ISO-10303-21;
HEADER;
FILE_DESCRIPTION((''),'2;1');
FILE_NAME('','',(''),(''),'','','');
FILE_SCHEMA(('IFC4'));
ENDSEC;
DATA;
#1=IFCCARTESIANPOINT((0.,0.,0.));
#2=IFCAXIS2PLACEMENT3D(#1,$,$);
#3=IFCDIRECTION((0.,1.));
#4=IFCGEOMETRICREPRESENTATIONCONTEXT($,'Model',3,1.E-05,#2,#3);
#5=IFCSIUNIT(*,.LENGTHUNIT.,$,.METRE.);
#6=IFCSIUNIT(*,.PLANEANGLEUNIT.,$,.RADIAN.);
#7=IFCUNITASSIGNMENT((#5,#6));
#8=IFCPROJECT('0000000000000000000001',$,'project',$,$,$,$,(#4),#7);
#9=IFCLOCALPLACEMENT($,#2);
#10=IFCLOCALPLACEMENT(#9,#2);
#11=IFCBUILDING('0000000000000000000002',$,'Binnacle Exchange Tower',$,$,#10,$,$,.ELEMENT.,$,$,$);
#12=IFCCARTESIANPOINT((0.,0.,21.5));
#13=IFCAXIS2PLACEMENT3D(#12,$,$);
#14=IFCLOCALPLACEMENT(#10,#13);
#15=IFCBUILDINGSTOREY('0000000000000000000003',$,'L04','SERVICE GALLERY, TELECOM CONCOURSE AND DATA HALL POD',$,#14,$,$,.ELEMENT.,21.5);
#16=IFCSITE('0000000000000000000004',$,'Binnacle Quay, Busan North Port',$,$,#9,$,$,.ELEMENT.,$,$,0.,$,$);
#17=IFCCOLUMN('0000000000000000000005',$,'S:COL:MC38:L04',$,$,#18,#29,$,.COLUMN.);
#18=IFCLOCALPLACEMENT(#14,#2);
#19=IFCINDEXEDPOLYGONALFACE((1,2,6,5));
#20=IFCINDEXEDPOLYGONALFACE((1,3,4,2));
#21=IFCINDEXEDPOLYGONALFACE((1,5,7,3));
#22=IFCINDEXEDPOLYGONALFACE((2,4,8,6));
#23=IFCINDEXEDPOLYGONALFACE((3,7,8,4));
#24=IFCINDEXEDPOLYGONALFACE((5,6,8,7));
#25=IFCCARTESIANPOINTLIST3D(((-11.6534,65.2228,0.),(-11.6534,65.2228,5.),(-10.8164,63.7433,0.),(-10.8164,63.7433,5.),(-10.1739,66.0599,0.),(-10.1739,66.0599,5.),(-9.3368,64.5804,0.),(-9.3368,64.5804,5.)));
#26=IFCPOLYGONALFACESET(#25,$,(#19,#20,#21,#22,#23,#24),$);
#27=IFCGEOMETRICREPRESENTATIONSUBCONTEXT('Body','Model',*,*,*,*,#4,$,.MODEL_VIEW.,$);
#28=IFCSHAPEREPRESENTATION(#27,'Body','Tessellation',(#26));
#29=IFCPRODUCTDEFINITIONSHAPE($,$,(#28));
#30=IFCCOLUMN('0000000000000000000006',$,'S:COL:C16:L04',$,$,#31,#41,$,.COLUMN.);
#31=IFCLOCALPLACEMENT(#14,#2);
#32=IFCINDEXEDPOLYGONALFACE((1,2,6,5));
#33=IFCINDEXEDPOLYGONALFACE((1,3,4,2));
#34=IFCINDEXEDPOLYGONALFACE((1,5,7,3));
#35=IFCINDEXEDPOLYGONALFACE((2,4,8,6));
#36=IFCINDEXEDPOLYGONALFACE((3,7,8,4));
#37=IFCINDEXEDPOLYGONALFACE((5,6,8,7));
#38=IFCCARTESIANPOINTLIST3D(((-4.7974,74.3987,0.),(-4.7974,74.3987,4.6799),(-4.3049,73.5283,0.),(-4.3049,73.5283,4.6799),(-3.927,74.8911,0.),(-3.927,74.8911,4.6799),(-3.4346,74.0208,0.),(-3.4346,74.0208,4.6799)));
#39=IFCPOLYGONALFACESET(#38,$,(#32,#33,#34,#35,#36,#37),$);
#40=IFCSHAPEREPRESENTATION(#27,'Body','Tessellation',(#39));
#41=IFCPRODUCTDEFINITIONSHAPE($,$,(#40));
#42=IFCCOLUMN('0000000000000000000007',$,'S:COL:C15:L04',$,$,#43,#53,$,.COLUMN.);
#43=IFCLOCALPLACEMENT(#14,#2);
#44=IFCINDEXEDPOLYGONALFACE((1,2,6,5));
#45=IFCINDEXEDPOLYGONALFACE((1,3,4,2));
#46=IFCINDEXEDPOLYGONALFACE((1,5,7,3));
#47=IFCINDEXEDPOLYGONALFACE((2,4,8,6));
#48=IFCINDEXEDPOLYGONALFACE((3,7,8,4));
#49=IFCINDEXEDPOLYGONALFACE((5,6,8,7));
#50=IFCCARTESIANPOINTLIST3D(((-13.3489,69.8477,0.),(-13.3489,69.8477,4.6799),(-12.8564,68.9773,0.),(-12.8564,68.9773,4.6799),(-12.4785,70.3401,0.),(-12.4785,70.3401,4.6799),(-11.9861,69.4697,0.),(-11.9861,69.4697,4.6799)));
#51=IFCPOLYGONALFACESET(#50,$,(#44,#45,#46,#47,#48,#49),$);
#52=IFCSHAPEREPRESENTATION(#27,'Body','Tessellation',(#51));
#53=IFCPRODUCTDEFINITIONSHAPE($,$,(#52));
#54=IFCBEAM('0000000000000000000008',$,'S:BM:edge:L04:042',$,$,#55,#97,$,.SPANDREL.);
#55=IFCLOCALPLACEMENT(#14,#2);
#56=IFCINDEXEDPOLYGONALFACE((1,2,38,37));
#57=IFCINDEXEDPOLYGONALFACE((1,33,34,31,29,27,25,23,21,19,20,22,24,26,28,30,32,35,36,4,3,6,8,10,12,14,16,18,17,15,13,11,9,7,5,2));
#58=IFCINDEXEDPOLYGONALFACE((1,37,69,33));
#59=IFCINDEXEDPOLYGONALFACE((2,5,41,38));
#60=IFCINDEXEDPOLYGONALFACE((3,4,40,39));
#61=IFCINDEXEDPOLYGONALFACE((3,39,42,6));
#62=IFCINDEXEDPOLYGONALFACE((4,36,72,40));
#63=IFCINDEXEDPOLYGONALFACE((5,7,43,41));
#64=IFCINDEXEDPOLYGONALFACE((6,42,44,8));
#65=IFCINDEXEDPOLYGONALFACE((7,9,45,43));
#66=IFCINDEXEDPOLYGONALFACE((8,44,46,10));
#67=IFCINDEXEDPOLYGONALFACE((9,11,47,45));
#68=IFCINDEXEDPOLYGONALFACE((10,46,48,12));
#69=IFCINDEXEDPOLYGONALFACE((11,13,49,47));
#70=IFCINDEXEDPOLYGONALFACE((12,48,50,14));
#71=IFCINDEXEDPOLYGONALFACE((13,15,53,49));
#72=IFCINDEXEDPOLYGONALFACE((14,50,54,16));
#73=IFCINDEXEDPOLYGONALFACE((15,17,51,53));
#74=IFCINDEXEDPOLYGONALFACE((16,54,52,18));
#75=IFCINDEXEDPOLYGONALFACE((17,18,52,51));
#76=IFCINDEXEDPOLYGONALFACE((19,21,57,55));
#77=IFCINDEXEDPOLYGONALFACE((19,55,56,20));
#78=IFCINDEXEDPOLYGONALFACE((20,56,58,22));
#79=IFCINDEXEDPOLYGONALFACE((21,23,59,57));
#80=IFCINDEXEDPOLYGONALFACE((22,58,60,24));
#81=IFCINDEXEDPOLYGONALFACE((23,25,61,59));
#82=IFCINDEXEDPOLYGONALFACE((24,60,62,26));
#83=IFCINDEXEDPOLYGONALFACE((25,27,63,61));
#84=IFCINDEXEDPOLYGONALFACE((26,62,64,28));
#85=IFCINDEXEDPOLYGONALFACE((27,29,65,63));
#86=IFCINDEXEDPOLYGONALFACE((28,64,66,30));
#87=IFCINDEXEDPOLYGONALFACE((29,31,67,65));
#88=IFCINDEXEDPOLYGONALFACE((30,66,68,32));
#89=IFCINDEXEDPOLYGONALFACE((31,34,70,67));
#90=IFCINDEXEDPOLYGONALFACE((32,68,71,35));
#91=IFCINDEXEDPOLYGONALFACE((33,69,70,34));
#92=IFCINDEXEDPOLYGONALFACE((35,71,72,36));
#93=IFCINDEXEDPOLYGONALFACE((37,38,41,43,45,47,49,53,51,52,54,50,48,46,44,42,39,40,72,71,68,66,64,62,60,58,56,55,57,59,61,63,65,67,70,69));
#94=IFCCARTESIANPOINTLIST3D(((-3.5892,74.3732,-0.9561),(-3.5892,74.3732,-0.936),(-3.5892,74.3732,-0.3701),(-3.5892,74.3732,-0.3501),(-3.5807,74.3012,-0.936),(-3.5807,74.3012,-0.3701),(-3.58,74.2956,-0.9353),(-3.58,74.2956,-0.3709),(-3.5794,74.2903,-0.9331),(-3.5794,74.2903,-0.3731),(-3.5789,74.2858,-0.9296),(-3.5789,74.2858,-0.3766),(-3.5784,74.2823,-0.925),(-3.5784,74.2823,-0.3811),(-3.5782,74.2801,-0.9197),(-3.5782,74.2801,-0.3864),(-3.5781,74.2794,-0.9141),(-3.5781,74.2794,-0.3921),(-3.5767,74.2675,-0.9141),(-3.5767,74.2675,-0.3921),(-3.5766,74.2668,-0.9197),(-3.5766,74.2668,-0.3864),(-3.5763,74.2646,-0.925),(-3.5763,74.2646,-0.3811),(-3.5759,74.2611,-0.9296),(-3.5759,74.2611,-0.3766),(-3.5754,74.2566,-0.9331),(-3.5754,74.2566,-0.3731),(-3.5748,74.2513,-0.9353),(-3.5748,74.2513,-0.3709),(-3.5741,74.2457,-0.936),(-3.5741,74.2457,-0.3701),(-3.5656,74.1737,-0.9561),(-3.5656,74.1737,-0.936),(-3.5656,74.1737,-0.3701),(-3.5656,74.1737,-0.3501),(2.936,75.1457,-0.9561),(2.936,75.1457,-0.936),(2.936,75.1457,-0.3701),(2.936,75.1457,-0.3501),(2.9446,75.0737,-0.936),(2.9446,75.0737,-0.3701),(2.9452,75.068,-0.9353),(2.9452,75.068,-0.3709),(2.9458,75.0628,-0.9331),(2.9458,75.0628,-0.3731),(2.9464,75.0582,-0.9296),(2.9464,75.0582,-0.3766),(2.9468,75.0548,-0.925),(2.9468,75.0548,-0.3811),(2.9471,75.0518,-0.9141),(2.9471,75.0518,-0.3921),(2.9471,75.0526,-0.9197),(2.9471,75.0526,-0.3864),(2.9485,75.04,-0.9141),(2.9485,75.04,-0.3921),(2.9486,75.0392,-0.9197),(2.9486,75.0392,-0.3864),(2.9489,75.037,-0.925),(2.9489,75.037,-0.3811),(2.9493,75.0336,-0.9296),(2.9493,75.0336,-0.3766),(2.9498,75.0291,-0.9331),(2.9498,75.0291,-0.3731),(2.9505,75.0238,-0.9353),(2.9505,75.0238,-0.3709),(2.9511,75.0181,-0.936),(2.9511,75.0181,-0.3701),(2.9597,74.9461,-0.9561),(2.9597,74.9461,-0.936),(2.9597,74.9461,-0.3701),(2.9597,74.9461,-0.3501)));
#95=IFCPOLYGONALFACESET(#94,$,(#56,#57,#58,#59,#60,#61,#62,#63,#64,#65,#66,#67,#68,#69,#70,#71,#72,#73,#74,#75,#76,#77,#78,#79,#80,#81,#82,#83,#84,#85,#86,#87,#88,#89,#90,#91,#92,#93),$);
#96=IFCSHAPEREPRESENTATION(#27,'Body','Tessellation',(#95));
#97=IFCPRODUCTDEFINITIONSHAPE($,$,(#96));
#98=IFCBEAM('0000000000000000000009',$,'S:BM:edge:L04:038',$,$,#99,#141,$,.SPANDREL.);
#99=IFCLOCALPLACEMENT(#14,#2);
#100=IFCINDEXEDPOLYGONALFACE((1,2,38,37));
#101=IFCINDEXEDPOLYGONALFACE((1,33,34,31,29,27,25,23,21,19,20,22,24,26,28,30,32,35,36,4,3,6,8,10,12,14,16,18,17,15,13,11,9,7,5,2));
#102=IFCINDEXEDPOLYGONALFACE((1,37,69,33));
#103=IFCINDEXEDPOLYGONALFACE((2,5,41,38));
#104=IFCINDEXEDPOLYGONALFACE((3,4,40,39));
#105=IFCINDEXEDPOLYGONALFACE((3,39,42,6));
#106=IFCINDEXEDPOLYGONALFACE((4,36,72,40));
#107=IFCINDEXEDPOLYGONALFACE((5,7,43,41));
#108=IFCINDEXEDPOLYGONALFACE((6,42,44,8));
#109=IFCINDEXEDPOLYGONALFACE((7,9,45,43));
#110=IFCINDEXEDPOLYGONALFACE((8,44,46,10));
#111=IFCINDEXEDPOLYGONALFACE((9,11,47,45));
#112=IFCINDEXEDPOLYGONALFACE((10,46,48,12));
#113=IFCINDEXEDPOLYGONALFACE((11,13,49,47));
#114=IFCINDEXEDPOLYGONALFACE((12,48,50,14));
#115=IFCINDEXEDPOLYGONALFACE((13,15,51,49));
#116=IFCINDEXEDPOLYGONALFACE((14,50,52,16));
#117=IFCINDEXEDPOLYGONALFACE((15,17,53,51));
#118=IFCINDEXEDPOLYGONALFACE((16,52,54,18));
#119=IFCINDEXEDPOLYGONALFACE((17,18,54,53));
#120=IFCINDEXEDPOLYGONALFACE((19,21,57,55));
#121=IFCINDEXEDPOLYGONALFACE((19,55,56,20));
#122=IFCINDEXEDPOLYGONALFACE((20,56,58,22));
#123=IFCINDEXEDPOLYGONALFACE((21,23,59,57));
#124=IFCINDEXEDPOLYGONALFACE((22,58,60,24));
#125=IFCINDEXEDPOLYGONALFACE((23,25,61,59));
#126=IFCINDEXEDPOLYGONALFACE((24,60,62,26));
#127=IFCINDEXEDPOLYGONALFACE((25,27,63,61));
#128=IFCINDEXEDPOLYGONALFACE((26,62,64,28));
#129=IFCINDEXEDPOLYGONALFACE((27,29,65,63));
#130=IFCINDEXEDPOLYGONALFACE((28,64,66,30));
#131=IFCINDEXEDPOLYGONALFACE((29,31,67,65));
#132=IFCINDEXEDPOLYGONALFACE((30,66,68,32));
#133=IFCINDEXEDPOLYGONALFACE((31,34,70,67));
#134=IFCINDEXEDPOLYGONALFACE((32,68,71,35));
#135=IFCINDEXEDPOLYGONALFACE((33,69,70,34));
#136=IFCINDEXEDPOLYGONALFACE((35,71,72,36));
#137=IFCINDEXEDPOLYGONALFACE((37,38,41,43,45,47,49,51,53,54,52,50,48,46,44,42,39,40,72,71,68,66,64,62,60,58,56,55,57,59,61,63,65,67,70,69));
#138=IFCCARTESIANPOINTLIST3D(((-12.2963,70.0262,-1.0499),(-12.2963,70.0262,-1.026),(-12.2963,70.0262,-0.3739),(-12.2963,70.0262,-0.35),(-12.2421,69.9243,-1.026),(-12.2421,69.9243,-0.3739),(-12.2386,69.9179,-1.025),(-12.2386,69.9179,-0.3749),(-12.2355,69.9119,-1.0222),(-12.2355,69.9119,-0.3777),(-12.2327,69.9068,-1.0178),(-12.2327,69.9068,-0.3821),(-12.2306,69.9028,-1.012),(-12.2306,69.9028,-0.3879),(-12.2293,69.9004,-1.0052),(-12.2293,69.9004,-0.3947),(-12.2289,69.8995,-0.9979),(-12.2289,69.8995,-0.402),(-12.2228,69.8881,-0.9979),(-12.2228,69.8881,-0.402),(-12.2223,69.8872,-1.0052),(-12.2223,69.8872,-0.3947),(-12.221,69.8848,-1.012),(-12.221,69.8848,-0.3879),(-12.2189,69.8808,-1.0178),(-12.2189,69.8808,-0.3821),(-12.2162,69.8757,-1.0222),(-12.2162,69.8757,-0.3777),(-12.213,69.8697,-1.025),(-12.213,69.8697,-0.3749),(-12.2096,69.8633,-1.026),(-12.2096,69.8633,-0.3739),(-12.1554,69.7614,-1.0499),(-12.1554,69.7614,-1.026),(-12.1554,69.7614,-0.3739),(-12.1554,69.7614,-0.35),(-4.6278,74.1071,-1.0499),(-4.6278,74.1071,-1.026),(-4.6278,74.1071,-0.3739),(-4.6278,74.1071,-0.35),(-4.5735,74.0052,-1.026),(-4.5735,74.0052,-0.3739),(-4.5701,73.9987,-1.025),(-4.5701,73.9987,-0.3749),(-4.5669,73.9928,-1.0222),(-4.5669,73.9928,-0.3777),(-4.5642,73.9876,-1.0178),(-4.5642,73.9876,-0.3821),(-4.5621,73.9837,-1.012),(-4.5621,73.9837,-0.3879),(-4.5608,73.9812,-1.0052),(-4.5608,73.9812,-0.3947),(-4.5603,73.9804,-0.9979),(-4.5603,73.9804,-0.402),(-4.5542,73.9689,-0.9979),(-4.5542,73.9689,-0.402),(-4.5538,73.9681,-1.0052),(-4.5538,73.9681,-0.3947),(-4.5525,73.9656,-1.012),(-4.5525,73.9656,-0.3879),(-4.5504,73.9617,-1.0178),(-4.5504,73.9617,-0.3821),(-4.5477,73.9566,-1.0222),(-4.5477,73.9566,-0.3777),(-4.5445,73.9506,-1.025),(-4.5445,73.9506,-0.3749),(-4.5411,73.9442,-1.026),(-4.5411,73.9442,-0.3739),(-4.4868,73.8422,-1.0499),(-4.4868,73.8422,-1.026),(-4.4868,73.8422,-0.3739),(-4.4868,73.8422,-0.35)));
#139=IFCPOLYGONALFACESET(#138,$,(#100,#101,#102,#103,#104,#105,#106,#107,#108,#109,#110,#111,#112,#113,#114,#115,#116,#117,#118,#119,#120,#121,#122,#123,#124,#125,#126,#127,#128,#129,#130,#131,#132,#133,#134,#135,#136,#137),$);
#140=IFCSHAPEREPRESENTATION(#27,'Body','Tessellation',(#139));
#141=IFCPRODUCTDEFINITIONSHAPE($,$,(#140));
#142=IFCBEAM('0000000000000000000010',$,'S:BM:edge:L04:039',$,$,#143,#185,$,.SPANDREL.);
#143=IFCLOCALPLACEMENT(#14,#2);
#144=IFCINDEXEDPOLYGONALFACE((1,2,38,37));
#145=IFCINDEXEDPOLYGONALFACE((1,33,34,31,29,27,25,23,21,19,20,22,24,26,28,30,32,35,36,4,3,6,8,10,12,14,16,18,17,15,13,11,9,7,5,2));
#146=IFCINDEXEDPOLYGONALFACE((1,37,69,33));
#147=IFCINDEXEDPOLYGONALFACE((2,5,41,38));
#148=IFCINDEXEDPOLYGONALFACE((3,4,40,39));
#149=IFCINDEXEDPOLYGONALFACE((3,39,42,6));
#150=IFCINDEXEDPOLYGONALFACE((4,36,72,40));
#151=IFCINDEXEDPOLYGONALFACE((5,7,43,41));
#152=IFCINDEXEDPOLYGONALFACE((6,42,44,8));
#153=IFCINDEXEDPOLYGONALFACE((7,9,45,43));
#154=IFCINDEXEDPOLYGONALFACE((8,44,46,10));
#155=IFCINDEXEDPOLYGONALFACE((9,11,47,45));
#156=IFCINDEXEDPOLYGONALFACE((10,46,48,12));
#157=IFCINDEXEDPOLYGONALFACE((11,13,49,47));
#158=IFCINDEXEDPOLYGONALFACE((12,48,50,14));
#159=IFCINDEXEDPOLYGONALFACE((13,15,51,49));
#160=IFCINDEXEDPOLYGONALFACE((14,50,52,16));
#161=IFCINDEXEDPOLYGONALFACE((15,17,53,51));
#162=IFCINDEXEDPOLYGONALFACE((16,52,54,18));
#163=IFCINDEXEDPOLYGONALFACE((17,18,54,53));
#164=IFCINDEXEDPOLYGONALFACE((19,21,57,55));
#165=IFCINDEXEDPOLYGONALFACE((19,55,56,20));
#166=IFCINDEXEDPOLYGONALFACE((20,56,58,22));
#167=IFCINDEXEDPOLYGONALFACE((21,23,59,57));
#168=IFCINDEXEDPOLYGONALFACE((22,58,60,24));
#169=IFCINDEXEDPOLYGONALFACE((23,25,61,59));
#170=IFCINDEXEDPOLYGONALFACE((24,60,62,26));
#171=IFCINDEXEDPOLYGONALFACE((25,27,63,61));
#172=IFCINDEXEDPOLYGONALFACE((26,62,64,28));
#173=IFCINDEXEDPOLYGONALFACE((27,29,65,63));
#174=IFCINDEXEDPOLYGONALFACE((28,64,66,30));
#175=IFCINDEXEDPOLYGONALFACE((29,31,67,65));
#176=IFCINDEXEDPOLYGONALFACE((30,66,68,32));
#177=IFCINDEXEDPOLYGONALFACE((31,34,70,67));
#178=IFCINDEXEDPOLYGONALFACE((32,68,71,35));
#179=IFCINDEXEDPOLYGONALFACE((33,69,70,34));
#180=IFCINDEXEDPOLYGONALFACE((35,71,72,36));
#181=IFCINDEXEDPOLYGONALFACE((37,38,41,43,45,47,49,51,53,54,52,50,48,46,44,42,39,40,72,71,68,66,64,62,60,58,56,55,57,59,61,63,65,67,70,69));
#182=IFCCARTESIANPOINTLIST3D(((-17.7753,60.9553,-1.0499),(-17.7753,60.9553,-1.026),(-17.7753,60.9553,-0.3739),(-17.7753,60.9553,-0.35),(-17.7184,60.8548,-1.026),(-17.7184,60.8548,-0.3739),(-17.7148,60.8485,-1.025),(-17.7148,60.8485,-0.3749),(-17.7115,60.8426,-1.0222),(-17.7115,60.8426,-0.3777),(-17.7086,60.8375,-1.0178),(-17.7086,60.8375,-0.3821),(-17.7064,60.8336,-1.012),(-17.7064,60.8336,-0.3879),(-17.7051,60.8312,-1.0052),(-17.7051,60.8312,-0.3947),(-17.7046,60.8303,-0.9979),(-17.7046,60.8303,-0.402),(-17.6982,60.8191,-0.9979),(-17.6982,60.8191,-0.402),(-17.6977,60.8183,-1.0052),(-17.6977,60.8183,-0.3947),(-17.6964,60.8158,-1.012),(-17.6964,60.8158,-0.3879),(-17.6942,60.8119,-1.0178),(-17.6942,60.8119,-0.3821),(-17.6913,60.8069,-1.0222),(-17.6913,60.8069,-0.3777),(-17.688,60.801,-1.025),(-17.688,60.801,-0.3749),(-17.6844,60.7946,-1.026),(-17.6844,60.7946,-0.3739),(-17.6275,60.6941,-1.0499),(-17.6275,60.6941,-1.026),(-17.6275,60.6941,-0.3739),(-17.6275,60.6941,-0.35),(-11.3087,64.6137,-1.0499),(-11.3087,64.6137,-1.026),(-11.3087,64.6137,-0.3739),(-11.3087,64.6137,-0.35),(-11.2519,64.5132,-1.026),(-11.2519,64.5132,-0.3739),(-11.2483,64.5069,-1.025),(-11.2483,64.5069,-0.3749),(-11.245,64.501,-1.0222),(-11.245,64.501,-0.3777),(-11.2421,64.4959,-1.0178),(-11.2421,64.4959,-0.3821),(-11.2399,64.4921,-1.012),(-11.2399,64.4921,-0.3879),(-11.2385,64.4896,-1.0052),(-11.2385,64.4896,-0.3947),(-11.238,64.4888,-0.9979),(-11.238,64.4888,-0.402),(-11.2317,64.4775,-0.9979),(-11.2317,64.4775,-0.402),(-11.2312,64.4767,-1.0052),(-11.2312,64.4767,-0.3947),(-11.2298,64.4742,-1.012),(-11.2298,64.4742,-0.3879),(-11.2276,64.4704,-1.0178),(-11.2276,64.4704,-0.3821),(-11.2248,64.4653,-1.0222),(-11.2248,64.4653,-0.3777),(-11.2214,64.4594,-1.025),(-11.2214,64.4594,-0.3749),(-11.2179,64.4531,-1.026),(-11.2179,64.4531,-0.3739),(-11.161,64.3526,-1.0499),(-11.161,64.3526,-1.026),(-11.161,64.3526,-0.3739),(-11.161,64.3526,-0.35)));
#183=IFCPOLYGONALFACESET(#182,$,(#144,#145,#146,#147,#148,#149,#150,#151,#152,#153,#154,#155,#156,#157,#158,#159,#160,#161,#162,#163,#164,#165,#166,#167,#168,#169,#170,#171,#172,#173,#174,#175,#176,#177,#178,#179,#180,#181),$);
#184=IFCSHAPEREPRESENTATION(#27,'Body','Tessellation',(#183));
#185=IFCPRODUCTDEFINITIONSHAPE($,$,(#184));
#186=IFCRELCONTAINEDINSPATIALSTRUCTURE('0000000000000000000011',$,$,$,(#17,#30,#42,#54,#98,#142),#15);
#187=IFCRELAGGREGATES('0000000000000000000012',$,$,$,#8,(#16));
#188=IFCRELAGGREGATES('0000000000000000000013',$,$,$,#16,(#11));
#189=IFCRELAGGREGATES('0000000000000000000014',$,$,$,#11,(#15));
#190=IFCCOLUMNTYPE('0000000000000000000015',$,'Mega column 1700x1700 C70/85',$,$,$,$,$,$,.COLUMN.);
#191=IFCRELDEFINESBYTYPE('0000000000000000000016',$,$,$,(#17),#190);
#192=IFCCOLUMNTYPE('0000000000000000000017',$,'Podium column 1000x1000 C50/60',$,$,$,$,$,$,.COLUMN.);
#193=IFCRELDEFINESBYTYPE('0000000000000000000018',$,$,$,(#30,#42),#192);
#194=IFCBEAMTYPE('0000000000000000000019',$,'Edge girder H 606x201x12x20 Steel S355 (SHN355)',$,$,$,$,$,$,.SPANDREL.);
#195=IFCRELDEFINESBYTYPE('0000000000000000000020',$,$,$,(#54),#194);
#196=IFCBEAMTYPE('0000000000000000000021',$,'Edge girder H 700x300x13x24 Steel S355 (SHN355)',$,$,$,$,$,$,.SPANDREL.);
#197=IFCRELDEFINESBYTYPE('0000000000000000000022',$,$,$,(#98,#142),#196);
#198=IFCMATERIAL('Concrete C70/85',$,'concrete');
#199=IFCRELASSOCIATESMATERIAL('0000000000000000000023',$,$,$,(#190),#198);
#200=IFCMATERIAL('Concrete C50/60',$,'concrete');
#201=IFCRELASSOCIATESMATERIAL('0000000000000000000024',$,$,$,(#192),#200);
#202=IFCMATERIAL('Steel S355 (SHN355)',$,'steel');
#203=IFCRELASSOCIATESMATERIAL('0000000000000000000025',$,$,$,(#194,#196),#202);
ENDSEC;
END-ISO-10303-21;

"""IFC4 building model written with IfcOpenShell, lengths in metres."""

from ifc_helpers import new_model, si_unit, direction, frame, origin, origin_2d, place, context, subcontext, project, spatial, rectangle, i_section, extrude, material, material_profile, profile_set, type_object, element, save


model = new_model("IFC4")

# Units and contexts
model_context = context("Model", 3, precision=1e-05, world=origin(), true_north=direction((0.0, 1.0)))
body_context = subcontext(model_context, "Body", "Model", "MODEL_VIEW")
ifc_project = project(units=[si_unit("LENGTHUNIT", "METRE"), si_unit("PLANEANGLEUNIT", "RADIAN")], contexts=[model_context])

# Site, building, storey
site_placement = place(None, origin())
site = spatial("IfcSite", under=ifc_project, at=site_placement, Name="Binnacle Quay, Busan North Port", CompositionType="ELEMENT", RefElevation=0.0)
building_placement = place(site_placement, origin())
building = spatial("IfcBuilding", under=site, at=building_placement, Name="Binnacle Exchange Tower", CompositionType="ELEMENT")
storey_placement = place(building_placement, frame((0.0, 0.0, 21.5)))
storey = spatial("IfcBuildingStorey", under=building, at=storey_placement, Name="L04", Description="SERVICE GALLERY, TELECOM CONCOURSE AND DATA HALL POD", CompositionType="ELEMENT", Elevation=21.5)

# Columns
ifc_material_1 = material(Name="Concrete C70/85", Category="concrete")
ifc_material_profile_1 = material_profile(ifc_material_1, rectangle(XDim=1.7, YDim=1.7, at=origin_2d()), Name="Mega column 1700x1700 C70/85")
ifc_profile_set_1 = profile_set([ifc_material_profile_1], Name="Concrete C70/85")
column_type_1 = type_object("IfcColumnType", Name="Mega column 1700x1700 C70/85", PredefinedType="COLUMN", material=ifc_profile_set_1)
column_placement = place(storey_placement, frame((-10.4951, 64.9016, 0.0), z_axis=(0.0, 0.0, 1.0), x_axis=(-0.870356, -0.492424, 0.0)))
element("IfcColumn", 1, at=column_placement, inside=storey, type_object=column_type_1, Name="S:COL:MC38:L04", PredefinedType="COLUMN", context=body_context, shape_type="SweptSolid", body=[
    extrude(rectangle(XDim=1.7, YDim=1.7, at=origin_2d()), origin(), (0.0, 0.0, 1.0), 5.0),
])
ifc_material_2 = material(Name="Concrete C50/60", Category="concrete")
ifc_material_profile_2 = material_profile(ifc_material_2, rectangle(XDim=1.0, YDim=1.0, at=origin_2d()), Name="Podium column 1000x1000 C50/60")
ifc_profile_set_2 = profile_set([ifc_material_profile_2], Name="Concrete C50/60")
column_type_2 = type_object("IfcColumnType", Name="Podium column 1000x1000 C50/60", PredefinedType="COLUMN", material=ifc_profile_set_2)
for number, where, z_axis, x_axis, name in (
    (2, (-4.116, 74.2097, 0.0), (0.0, 0.0, 1.0), (-0.870356, -0.492424, 0.0), "S:COL:C16:L04"),
    (3, (-12.6675, 69.6587, 0.0), (0.0, 0.0, 1.0), (-0.870356, -0.492424, 0.0), "S:COL:C15:L04"),
):
    element("IfcColumn", number, at=place(storey_placement, frame(where, z_axis=z_axis, x_axis=x_axis)), inside=storey, type_object=column_type_2, Name=name, PredefinedType="COLUMN", context=body_context, shape_type="SweptSolid", body=[
        extrude(rectangle(XDim=1.0, YDim=1.0, at=origin_2d()), origin(), (0.0, 0.0, 1.0), 4.6799),
    ])

# Beams
ifc_material_3 = material(Name="Steel S355 (SHN355)", Category="steel")
ifc_material_profile_3 = material_profile(ifc_material_3, i_section(OverallWidth=0.2009, OverallDepth=0.606, WebThickness=0.012, FlangeThickness=0.02, FilletRadius=0.022, at=origin_2d()), Name="H 606x201x12x20")
ifc_profile_set_3 = profile_set([ifc_material_profile_3], Name="Steel S355 (SHN355)")
beam_type_1 = type_object("IfcBeamType", Name="Edge girder H 606x201x12x20 Steel S355 (SHN355)", PredefinedType="SPANDREL", material=ifc_profile_set_3)
beam_1_placement = place(storey_placement, frame((-3.5774, 74.2734, -0.6531), z_axis=(0.993066, 0.117561, 0.0), x_axis=(-0.117561, 0.993066, 0.0)))
element("IfcBeam", 4, at=beam_1_placement, inside=storey, type_object=beam_type_1, Name="S:BM:edge:L04:042", PredefinedType="SPANDREL", context=body_context, shape_type="SweptSolid", body=[
    extrude(i_section(OverallWidth=0.2009, OverallDepth=0.606, WebThickness=0.012, FlangeThickness=0.02, FilletRadius=0.022, at=origin_2d()), origin(), (0.0, 0.0, 1.0), 6.5708),
])
ifc_material_profile_4 = material_profile(ifc_material_3, i_section(OverallWidth=0.3, OverallDepth=0.7, WebThickness=0.0129, FlangeThickness=0.0239, FilletRadius=0.0281, at=origin_2d()), Name="H 700x300x13x24")
ifc_profile_set_4 = profile_set([ifc_material_profile_4], Name="Steel S355 (SHN355)")
beam_type_2 = type_object("IfcBeamType", Name="Edge girder H 700x300x13x24 Steel S355 (SHN355)", PredefinedType="SPANDREL", material=ifc_profile_set_4)
beam_2_placement = place(storey_placement, frame((-12.2258, 69.8938, -0.7), z_axis=(0.882784, 0.469778, 0.0), x_axis=(-0.469778, 0.882784, 0.0)))
element("IfcBeam", 5, at=beam_2_placement, inside=storey, type_object=beam_type_2, Name="S:BM:edge:L04:038", PredefinedType="SPANDREL", context=body_context, shape_type="SweptSolid", body=[
    extrude(i_section(OverallWidth=0.3, OverallDepth=0.7, WebThickness=0.0129, FlangeThickness=0.0239, FilletRadius=0.0281, at=origin_2d()), origin(), (0.0, 0.0, 1.0), 8.6868),
])
beam_3_placement = place(storey_placement, frame((-11.2349, 64.4832, -0.7), z_axis=(-0.870364, -0.492408, 0.0), x_axis=(0.492408, -0.870364, 0.0)))
element("IfcBeam", 6, at=beam_3_placement, inside=storey, type_object=beam_type_2, Name="S:BM:edge:L04:039", PredefinedType="SPANDREL", context=body_context, shape_type="SweptSolid", body=[
    extrude(i_section(OverallWidth=0.3, OverallDepth=0.7, WebThickness=0.0129, FlangeThickness=0.0239, FilletRadius=0.0281, at=origin_2d()), origin(), (0.0, 0.0, 1.0), 7.4297),
])

save(model, "model.ifc")
